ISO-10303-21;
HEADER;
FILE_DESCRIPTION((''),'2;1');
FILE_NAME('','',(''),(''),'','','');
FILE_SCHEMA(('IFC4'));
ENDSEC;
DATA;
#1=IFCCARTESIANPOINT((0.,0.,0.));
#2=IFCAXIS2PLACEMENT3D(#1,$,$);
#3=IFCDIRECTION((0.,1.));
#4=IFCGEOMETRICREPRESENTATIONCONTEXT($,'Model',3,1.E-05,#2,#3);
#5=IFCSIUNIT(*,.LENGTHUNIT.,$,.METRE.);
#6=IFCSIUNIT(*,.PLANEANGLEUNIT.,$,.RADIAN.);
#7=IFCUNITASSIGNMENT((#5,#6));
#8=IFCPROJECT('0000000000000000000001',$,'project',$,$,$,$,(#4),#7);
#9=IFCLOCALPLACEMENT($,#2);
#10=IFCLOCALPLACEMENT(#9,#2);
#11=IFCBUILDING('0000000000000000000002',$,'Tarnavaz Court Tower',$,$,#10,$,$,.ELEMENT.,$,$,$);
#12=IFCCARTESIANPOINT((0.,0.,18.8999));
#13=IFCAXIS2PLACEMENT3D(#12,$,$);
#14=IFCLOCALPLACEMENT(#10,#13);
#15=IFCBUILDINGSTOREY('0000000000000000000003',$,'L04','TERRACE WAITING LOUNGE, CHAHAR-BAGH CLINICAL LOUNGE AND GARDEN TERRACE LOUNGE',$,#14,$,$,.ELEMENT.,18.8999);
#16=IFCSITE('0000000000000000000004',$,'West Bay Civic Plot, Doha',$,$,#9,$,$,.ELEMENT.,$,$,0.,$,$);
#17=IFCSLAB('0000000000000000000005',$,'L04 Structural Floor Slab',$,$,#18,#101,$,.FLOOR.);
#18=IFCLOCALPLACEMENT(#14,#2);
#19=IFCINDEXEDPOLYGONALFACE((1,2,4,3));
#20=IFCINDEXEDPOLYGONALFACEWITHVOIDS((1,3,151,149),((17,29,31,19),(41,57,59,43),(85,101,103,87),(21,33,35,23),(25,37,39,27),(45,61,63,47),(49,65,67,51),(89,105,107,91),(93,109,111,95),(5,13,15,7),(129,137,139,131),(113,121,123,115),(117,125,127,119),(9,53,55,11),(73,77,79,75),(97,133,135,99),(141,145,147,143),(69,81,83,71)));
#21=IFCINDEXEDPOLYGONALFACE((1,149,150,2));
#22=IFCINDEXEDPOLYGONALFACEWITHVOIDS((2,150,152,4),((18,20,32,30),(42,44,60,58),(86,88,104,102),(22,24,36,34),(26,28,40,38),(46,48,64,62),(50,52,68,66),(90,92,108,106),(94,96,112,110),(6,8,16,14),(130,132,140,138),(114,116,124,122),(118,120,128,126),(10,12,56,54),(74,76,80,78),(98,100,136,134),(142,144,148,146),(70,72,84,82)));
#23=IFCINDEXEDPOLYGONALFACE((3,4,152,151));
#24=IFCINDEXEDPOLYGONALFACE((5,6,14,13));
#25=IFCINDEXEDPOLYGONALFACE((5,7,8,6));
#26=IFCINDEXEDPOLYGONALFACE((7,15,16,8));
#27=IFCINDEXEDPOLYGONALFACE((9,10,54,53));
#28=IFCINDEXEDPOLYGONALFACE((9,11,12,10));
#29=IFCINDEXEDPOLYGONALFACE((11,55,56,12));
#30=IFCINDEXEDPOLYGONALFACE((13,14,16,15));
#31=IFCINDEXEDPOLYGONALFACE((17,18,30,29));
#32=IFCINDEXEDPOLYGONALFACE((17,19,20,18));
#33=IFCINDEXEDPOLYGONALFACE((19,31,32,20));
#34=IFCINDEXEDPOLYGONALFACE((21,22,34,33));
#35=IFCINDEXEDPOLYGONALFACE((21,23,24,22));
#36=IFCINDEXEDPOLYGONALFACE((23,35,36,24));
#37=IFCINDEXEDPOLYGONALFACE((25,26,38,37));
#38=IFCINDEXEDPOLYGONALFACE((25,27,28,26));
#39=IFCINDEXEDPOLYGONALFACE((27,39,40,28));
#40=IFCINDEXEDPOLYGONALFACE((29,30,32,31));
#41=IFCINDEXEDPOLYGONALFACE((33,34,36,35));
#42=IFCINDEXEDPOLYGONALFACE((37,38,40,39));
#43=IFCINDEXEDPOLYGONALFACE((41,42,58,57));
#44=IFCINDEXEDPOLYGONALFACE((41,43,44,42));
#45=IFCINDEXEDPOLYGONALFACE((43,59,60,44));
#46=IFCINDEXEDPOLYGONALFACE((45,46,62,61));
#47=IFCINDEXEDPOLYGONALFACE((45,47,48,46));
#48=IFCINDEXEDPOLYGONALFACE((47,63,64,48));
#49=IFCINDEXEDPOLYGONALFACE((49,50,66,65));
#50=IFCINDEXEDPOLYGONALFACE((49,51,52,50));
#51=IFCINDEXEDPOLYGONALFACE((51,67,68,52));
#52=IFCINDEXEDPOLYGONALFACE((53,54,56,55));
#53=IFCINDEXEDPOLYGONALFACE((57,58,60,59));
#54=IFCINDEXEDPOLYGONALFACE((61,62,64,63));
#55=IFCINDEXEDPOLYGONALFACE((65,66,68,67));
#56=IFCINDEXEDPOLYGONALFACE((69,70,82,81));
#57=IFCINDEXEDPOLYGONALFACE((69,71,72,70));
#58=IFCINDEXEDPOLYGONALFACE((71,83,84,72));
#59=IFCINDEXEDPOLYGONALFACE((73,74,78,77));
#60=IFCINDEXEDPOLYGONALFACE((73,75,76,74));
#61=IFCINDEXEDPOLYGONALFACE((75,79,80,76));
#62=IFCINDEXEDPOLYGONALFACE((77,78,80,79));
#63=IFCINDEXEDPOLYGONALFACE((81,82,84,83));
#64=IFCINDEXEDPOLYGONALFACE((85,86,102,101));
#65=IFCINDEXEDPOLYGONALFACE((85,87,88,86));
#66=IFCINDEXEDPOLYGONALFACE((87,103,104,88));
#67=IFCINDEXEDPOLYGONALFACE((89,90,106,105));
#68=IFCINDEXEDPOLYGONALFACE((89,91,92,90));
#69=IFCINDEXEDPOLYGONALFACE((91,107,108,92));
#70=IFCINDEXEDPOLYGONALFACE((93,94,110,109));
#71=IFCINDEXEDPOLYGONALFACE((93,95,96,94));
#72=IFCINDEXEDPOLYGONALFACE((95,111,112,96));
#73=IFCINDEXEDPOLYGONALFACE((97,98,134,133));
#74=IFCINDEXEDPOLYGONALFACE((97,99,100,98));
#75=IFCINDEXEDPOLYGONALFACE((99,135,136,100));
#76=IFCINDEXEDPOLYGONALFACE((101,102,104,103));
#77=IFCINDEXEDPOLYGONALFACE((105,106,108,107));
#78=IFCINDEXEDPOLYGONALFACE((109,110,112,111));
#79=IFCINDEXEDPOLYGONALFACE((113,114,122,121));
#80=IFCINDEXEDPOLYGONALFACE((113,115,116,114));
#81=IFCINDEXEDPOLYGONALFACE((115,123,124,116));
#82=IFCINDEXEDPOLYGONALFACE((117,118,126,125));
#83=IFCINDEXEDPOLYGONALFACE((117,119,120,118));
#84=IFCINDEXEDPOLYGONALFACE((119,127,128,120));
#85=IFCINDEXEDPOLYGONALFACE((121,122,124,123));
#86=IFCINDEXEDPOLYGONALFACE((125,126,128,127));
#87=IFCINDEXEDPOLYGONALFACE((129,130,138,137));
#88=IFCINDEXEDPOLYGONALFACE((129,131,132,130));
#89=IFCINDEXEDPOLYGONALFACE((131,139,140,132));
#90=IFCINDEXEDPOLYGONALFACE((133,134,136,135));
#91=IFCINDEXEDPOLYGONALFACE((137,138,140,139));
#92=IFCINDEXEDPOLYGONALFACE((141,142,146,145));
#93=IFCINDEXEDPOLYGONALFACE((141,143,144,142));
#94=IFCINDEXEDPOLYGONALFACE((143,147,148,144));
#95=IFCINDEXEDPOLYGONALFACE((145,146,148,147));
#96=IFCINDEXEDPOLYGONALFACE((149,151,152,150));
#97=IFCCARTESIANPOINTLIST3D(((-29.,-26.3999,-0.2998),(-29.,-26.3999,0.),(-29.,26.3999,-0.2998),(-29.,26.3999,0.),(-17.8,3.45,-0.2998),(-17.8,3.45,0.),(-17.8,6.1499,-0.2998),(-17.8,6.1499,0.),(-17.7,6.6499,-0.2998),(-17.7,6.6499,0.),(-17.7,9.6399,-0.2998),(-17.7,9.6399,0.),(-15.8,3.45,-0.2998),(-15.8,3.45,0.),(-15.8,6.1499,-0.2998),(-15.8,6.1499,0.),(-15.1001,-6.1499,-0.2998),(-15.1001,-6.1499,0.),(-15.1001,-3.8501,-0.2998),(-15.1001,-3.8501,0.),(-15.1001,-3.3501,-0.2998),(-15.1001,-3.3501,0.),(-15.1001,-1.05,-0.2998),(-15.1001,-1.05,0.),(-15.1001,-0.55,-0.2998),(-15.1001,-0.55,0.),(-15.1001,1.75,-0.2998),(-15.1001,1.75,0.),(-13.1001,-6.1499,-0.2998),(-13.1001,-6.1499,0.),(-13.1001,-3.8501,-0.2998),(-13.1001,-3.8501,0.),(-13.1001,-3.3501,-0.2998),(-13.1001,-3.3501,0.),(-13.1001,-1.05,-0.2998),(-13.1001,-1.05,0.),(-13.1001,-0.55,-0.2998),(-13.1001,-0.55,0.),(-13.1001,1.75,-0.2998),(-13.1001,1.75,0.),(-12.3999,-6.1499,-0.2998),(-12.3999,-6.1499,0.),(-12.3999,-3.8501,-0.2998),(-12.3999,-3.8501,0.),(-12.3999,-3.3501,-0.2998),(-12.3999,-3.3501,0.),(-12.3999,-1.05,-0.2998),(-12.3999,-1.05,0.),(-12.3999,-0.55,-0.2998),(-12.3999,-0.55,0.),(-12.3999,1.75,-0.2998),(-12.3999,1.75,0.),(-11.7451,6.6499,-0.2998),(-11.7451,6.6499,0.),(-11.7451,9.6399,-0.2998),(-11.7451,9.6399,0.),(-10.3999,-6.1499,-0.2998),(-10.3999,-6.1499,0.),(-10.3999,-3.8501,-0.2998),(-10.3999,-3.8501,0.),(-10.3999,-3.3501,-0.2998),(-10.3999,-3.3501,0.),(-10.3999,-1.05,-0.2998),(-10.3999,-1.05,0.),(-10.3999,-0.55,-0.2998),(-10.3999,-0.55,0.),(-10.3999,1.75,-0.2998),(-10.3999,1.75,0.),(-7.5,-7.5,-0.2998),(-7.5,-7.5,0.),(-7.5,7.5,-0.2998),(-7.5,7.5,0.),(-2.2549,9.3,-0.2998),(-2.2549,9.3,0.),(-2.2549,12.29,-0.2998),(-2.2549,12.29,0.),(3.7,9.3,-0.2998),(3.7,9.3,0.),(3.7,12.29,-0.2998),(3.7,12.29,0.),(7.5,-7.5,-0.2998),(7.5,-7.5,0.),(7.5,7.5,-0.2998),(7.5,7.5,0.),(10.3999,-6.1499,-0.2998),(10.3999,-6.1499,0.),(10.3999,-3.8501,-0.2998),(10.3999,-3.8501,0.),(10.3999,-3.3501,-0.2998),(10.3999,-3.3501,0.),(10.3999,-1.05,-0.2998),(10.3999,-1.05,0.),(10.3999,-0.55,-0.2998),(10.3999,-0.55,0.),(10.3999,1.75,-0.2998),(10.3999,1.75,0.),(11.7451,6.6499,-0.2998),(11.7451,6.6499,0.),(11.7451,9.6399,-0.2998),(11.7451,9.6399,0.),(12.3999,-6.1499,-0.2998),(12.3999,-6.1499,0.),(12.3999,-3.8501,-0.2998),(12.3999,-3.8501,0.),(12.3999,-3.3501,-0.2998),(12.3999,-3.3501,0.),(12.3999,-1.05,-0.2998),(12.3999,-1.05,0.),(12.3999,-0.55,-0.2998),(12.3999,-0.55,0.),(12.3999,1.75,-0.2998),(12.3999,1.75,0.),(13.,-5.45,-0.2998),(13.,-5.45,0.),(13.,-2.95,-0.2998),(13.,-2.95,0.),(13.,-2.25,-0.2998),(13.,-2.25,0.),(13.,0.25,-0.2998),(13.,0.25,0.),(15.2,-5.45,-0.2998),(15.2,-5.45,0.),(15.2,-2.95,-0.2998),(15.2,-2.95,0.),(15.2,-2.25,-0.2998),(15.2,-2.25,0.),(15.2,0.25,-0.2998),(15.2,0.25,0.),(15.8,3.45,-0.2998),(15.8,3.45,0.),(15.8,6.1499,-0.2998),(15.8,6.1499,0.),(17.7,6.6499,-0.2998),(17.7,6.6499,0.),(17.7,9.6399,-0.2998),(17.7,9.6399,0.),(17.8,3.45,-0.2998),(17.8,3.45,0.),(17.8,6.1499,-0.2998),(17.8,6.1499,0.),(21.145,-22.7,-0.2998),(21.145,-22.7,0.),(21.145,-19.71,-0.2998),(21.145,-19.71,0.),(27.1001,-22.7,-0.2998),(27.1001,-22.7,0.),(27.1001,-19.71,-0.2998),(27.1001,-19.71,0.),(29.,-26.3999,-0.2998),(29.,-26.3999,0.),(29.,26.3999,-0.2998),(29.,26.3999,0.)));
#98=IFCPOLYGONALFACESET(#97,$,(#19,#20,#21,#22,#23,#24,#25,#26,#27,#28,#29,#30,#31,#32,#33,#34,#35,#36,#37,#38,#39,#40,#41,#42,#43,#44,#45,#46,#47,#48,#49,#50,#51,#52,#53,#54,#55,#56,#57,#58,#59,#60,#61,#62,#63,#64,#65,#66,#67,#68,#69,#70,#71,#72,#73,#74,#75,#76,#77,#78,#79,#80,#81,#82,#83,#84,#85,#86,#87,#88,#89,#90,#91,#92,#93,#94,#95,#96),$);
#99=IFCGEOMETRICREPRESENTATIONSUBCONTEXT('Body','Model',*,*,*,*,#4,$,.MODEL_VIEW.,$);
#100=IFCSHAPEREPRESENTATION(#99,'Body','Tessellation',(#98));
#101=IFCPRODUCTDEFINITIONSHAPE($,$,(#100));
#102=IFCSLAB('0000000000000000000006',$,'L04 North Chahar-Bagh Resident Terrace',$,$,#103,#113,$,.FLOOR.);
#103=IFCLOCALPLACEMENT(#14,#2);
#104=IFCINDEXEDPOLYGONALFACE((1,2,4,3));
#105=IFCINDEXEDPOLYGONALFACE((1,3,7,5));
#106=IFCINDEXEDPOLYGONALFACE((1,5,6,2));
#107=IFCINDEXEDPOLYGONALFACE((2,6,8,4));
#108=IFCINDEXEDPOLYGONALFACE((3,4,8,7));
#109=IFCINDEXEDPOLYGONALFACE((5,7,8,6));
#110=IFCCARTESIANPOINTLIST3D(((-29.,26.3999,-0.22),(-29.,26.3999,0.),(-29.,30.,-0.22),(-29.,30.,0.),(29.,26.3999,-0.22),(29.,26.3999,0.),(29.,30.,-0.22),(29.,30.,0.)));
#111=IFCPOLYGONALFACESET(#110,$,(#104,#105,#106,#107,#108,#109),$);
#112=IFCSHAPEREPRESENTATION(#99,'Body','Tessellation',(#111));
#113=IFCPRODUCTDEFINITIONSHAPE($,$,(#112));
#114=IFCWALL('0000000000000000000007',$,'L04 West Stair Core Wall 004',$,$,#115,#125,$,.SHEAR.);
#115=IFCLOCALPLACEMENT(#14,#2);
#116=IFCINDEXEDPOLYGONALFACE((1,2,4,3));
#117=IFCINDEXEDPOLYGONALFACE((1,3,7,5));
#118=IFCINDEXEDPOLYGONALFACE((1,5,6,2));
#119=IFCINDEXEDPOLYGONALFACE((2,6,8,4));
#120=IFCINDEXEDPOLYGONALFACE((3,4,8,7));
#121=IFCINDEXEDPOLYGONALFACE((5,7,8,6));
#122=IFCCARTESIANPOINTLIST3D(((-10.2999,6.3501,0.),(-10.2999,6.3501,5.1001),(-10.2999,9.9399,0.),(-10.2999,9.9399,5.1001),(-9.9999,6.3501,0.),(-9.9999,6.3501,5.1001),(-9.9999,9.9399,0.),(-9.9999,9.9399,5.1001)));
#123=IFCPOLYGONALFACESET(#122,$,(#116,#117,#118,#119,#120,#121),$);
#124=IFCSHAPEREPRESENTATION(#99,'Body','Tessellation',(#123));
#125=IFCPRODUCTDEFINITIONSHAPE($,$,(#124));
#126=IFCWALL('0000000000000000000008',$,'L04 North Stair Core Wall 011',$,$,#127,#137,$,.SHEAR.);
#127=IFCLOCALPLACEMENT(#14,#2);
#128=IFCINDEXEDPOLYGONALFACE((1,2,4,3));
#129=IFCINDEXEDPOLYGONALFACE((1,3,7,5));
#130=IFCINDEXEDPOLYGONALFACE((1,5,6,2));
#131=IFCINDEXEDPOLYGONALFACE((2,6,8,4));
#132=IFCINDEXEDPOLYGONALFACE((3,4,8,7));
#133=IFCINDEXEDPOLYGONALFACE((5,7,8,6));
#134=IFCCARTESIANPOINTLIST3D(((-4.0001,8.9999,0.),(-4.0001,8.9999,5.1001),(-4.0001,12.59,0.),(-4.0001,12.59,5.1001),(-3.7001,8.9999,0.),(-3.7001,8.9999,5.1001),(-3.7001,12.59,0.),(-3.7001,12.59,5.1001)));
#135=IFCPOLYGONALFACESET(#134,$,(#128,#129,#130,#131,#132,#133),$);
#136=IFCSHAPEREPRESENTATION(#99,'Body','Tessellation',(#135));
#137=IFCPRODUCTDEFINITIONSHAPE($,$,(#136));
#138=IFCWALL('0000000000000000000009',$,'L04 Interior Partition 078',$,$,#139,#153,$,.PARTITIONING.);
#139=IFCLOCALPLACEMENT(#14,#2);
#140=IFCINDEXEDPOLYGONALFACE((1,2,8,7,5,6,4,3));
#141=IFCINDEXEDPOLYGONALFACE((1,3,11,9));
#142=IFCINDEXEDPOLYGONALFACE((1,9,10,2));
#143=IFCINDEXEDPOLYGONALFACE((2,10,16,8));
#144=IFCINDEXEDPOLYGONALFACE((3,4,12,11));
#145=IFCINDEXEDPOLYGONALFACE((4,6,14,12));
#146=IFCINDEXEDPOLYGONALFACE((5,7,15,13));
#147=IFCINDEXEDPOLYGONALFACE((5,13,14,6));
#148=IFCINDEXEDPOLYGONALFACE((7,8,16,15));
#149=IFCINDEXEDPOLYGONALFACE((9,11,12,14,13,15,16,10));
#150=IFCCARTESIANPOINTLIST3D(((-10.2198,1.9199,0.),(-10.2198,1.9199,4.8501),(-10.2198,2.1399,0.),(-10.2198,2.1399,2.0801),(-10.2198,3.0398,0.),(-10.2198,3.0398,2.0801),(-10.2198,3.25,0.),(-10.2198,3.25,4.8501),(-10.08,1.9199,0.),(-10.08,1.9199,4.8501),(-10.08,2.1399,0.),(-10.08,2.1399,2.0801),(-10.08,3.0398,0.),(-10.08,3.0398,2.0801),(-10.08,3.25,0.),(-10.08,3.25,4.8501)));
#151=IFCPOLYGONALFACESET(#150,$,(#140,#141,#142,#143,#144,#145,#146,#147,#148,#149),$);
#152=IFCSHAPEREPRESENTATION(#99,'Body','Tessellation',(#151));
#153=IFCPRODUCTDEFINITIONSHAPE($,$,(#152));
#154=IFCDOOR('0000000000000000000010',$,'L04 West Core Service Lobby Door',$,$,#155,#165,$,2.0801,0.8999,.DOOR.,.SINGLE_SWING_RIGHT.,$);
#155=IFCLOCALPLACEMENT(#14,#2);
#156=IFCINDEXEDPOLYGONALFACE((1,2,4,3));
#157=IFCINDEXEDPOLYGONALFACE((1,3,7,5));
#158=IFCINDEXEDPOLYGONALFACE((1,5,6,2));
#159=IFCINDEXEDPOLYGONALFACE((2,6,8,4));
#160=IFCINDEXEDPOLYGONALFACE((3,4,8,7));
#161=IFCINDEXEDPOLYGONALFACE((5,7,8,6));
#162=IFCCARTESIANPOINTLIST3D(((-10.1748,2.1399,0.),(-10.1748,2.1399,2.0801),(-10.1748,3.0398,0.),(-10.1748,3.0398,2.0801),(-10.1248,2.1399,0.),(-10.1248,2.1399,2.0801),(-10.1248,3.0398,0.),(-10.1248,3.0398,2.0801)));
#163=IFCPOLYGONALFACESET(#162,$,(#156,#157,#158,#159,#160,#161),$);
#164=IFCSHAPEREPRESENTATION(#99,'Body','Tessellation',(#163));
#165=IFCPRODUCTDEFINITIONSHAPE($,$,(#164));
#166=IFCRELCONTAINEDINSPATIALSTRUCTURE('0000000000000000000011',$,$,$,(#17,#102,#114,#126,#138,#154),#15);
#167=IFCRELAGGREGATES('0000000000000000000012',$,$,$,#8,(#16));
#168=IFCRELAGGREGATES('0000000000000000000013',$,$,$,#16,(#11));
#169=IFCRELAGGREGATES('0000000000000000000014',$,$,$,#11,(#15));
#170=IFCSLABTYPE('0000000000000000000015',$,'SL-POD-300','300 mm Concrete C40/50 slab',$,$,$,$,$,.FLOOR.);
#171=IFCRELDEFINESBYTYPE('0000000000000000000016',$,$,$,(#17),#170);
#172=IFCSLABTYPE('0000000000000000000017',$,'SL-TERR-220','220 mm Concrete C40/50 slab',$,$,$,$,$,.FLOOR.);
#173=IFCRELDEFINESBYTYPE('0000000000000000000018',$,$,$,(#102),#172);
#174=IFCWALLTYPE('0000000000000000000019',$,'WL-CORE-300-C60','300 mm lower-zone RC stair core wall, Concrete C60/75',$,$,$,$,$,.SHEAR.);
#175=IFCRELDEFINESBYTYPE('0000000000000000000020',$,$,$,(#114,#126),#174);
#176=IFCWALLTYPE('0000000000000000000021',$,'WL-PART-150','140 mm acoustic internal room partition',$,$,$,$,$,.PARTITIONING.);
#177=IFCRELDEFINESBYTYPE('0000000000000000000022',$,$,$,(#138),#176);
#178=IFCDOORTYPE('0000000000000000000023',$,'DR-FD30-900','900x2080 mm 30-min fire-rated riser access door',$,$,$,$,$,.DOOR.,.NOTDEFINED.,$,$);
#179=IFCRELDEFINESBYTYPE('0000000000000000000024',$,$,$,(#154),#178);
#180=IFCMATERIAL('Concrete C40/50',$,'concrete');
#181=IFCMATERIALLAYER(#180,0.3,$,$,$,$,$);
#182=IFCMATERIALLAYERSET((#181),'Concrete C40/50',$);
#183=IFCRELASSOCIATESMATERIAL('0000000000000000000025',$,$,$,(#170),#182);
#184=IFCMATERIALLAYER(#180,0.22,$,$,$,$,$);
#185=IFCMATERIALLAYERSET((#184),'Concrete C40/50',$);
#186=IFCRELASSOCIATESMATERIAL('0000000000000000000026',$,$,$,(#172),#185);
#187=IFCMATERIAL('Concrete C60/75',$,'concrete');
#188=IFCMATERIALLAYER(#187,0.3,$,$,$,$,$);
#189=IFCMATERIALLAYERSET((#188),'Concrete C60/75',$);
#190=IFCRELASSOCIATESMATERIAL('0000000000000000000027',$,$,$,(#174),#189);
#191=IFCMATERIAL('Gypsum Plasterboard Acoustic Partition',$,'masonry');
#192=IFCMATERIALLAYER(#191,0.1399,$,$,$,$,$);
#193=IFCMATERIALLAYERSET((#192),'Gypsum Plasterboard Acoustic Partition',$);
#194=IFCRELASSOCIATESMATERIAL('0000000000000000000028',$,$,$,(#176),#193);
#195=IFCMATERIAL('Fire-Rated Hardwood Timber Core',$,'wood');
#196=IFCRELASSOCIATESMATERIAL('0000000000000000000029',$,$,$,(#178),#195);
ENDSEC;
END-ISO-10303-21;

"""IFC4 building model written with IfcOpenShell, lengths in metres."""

from ifc_helpers import new_model, si_unit, direction, frame, frame_2d, origin, place, context, subcontext, project, spatial, polyline, rectangle, outline, extrude, material, layer, layer_set, type_object, element, fill, save


model = new_model("IFC4")

# Units and contexts
model_context = context("Model", 3, precision=1e-05, world=origin(), true_north=direction((0.0, 1.0)))
body_context = subcontext(model_context, "Body", "Model", "MODEL_VIEW")
ifc_project = project(units=[si_unit("LENGTHUNIT", "METRE"), si_unit("PLANEANGLEUNIT", "RADIAN")], contexts=[model_context])

# Site, building, storey
site_placement = place(None, origin())
site = spatial("IfcSite", under=ifc_project, at=site_placement, Name="West Bay Civic Plot, Doha", CompositionType="ELEMENT", RefElevation=0.0)
building_placement = place(site_placement, origin())
building = spatial("IfcBuilding", under=site, at=building_placement, Name="Tarnavaz Court Tower", CompositionType="ELEMENT")
storey_placement = place(building_placement, frame((0.0, 0.0, 18.8999)))
storey = spatial("IfcBuildingStorey", under=building, at=storey_placement, Name="L04", Description="TERRACE WAITING LOUNGE, CHAHAR-BAGH CLINICAL LOUNGE AND GARDEN TERRACE LOUNGE", CompositionType="ELEMENT", Elevation=18.8999)

# Shared definitions
ifc_material_1 = material(Name="Concrete C60/75", Category="concrete")

# Slabs
ifc_material_2 = material(Name="Concrete C40/50", Category="concrete")
ifc_layer_1 = layer(ifc_material_2, 0.3)
ifc_layer_set_1 = layer_set([ifc_layer_1], Name="Concrete C40/50")
slab_type_1 = type_object("IfcSlabType", Name="SL-POD-300", Description="300 mm Concrete C40/50 slab", PredefinedType="FLOOR", material=ifc_layer_set_1)
slab_1_placement = place(storey_placement, frame((0.0, 0.0, -0.2998)))
element("IfcSlab", 1, at=slab_1_placement, inside=storey, type_object=slab_type_1, Name="L04 Structural Floor Slab", PredefinedType="FLOOR", context=body_context, shape_type="SweptSolid", body=[
    extrude(outline(polyline([(-29.0, -26.3999), (29.0, -26.3999), (29.0, 26.3999), (-29.0, 26.3999), (-29.0, -26.3999)]), holes=[polyline([(-7.5, -7.5), (7.5, -7.5), (7.5, 7.5), (-7.5, 7.5), (-7.5, -7.5)]), polyline([(-11.7451, 9.6399), (-17.7, 9.6399), (-17.7, 6.6499), (-11.7451, 6.6499), (-11.7451, 9.6399)]), polyline([(11.7451, 6.6499), (17.7, 6.6499), (17.7, 9.6399), (11.7451, 9.6399), (11.7451, 6.6499)]), polyline([(-2.2549, 9.3), (3.7, 9.3), (3.7, 12.29), (-2.2549, 12.29), (-2.2549, 9.3)]), polyline([(21.145, -22.7), (27.1001, -22.7), (27.1001, -19.71), (21.145, -19.71), (21.145, -22.7)]), polyline([(-17.8, 3.45), (-15.8, 3.45), (-15.8, 6.1499), (-17.8, 6.1499), (-17.8, 3.45)]), polyline([(-12.3999, -6.1499), (-10.3999, -6.1499), (-10.3999, -3.8501), (-12.3999, -3.8501), (-12.3999, -6.1499)]), polyline([(-12.3999, -3.3501), (-10.3999, -3.3501), (-10.3999, -1.05), (-12.3999, -1.05), (-12.3999, -3.3501)]), polyline([(-12.3999, -0.55), (-10.3999, -0.55), (-10.3999, 1.75), (-12.3999, 1.75), (-12.3999, -0.55)]), polyline([(-15.1001, -6.1499), (-13.1001, -6.1499), (-13.1001, -3.8501), (-15.1001, -3.8501), (-15.1001, -6.1499)]), polyline([(-15.1001, -3.3501), (-13.1001, -3.3501), (-13.1001, -1.05), (-15.1001, -1.05), (-15.1001, -3.3501)]), polyline([(-15.1001, -0.55), (-13.1001, -0.55), (-13.1001, 1.75), (-15.1001, 1.75), (-15.1001, -0.55)]), polyline([(15.8, 3.45), (17.8, 3.45), (17.8, 6.1499), (15.8, 6.1499), (15.8, 3.45)]), polyline([(10.3999, -6.1499), (12.3999, -6.1499), (12.3999, -3.8501), (10.3999, -3.8501), (10.3999, -6.1499)]), polyline([(10.3999, -3.3501), (12.3999, -3.3501), (12.3999, -1.05), (10.3999, -1.05), (10.3999, -3.3501)]), polyline([(10.3999, -0.55), (12.3999, -0.55), (12.3999, 1.75), (10.3999, 1.75), (10.3999, -0.55)]), polyline([(13.0, -5.45), (15.2, -5.45), (15.2, -2.95), (13.0, -2.95), (13.0, -5.45)]), polyline([(13.0, -2.25), (15.2, -2.25), (15.2, 0.25), (13.0, 0.25), (13.0, -2.25)])]), origin(), (0.0, 0.0, 1.0), 0.2998),
])
ifc_layer_2 = layer(ifc_material_2, 0.22)
ifc_layer_set_2 = layer_set([ifc_layer_2], Name="Concrete C40/50")
slab_type_2 = type_object("IfcSlabType", Name="SL-TERR-220", Description="220 mm Concrete C40/50 slab", PredefinedType="FLOOR", material=ifc_layer_set_2)
slab_2_placement = place(storey_placement, frame((0.0, 0.0, -0.22)))
element("IfcSlab", 2, at=slab_2_placement, inside=storey, type_object=slab_type_2, Name="L04 North Chahar-Bagh Resident Terrace", PredefinedType="FLOOR", context=body_context, shape_type="SweptSolid", body=[
    extrude(outline(polyline([(-29.0, 26.3999), (29.0, 26.3999), (29.0, 30.0), (-29.0, 30.0), (-29.0, 26.3999)])), origin(), (0.0, 0.0, 1.0), 0.22),
])

# Walls
ifc_layer_3 = layer(ifc_material_1, 0.3)
ifc_layer_set_3 = layer_set([ifc_layer_3], Name="Concrete C60/75")
wall_type_1 = type_object("IfcWallType", Name="WL-CORE-300-C60", Description="300 mm lower-zone RC stair core wall, Concrete C60/75", PredefinedType="SHEAR", material=ifc_layer_set_3)
wall_1_placement = place(storey_placement, frame((-10.1499, 6.3501, 0.0), z_axis=(0.0, 0.0, 1.0), x_axis=(0.0, 1.0, 0.0)))
element("IfcWall", 3, at=wall_1_placement, inside=storey, type_object=wall_type_1, Name="L04 West Stair Core Wall 004", PredefinedType="SHEAR", context=body_context, shape_type="SweptSolid", body=[
    extrude(rectangle(XDim=3.5898, YDim=0.3, at=frame_2d((1.7949, 0.0))), origin(), (0.0, 0.0, 1.0), 5.1001),
])
wall_2_placement = place(storey_placement, frame((-3.8501, 9.0, 0.0), z_axis=(0.0, 0.0, 1.0), x_axis=(0.0, 1.0, 0.0)))
element("IfcWall", 4, at=wall_2_placement, inside=storey, type_object=wall_type_1, Name="L04 North Stair Core Wall 011", PredefinedType="SHEAR", context=body_context, shape_type="SweptSolid", body=[
    extrude(rectangle(XDim=3.5901, YDim=0.3, at=frame_2d((1.7949, 0.0))), origin(), (0.0, 0.0, 1.0), 5.1001),
])

# Wall, opening, door
ifc_material_3 = material(Name="Fire-Rated Hardwood Timber Core", Category="wood")
ifc_material_4 = material(Name="Gypsum Plasterboard Acoustic Partition", Category="masonry")
ifc_layer_4 = layer(ifc_material_4, 0.1399)
ifc_layer_set_4 = layer_set([ifc_layer_4], Name="Gypsum Plasterboard Acoustic Partition")
wall_type_2 = type_object("IfcWallType", Name="WL-PART-150", Description="140 mm acoustic internal room partition", PredefinedType="PARTITIONING", material=ifc_layer_set_4)
wall_3_placement = place(storey_placement, frame((-10.1499, 1.9199, 0.0), z_axis=(0.0, 0.0, 1.0), x_axis=(0.0, 1.0, 0.0)))
wall_3 = element("IfcWall", 5, at=wall_3_placement, inside=storey, type_object=wall_type_2, Name="L04 Interior Partition 078", PredefinedType="PARTITIONING", context=body_context, shape_type="SweptSolid", body=[
    extrude(rectangle(XDim=1.3301, YDim=0.1399, at=frame_2d((0.665, 0.0))), origin(), (0.0, 0.0, 1.0), 4.8501),
])
opening_1_placement = place(wall_3_placement, frame((0.22, 0.0, 0.0)))
opening_1 = element("IfcOpeningElement", 6, at=opening_1_placement, cuts=wall_3, PredefinedType="OPENING", context=body_context, shape_type="SweptSolid", body=[
    extrude(rectangle(XDim=0.8999, YDim=2.0801, at=frame_2d((0.45, 1.04))), frame((0.0, 0.0798, 0.0), z_axis=(0.0, -1.0, 0.0), x_axis=(1.0, 0.0, 0.0)), (0.0, 0.0, 1.0), 0.1599),
])
door_type_1 = type_object("IfcDoorType", Name="DR-FD30-900", Description="900x2080 mm 30-min fire-rated riser access door", OperationType="NOTDEFINED", PredefinedType="DOOR", material=ifc_material_3)
door_1_placement = place(opening_1_placement, origin())
door_1 = element("IfcDoor", 7, at=door_1_placement, inside=storey, type_object=door_type_1, Name="L04 West Core Service Lobby Door", OperationType="SINGLE_SWING_RIGHT", OverallHeight=2.0801, OverallWidth=0.8999, PredefinedType="DOOR", context=body_context, shape_type="SweptSolid", body=[
    extrude(rectangle(XDim=0.8999, YDim=2.0801, at=frame_2d((0.45, 1.04))), frame((0.0, 0.0249, 0.0), z_axis=(0.0, -1.0, 0.0), x_axis=(1.0, 0.0, 0.0)), (0.0, 0.0, 1.0), 0.05),
])
fill(opening_1, door_1)

save(model, "model.ifc")
